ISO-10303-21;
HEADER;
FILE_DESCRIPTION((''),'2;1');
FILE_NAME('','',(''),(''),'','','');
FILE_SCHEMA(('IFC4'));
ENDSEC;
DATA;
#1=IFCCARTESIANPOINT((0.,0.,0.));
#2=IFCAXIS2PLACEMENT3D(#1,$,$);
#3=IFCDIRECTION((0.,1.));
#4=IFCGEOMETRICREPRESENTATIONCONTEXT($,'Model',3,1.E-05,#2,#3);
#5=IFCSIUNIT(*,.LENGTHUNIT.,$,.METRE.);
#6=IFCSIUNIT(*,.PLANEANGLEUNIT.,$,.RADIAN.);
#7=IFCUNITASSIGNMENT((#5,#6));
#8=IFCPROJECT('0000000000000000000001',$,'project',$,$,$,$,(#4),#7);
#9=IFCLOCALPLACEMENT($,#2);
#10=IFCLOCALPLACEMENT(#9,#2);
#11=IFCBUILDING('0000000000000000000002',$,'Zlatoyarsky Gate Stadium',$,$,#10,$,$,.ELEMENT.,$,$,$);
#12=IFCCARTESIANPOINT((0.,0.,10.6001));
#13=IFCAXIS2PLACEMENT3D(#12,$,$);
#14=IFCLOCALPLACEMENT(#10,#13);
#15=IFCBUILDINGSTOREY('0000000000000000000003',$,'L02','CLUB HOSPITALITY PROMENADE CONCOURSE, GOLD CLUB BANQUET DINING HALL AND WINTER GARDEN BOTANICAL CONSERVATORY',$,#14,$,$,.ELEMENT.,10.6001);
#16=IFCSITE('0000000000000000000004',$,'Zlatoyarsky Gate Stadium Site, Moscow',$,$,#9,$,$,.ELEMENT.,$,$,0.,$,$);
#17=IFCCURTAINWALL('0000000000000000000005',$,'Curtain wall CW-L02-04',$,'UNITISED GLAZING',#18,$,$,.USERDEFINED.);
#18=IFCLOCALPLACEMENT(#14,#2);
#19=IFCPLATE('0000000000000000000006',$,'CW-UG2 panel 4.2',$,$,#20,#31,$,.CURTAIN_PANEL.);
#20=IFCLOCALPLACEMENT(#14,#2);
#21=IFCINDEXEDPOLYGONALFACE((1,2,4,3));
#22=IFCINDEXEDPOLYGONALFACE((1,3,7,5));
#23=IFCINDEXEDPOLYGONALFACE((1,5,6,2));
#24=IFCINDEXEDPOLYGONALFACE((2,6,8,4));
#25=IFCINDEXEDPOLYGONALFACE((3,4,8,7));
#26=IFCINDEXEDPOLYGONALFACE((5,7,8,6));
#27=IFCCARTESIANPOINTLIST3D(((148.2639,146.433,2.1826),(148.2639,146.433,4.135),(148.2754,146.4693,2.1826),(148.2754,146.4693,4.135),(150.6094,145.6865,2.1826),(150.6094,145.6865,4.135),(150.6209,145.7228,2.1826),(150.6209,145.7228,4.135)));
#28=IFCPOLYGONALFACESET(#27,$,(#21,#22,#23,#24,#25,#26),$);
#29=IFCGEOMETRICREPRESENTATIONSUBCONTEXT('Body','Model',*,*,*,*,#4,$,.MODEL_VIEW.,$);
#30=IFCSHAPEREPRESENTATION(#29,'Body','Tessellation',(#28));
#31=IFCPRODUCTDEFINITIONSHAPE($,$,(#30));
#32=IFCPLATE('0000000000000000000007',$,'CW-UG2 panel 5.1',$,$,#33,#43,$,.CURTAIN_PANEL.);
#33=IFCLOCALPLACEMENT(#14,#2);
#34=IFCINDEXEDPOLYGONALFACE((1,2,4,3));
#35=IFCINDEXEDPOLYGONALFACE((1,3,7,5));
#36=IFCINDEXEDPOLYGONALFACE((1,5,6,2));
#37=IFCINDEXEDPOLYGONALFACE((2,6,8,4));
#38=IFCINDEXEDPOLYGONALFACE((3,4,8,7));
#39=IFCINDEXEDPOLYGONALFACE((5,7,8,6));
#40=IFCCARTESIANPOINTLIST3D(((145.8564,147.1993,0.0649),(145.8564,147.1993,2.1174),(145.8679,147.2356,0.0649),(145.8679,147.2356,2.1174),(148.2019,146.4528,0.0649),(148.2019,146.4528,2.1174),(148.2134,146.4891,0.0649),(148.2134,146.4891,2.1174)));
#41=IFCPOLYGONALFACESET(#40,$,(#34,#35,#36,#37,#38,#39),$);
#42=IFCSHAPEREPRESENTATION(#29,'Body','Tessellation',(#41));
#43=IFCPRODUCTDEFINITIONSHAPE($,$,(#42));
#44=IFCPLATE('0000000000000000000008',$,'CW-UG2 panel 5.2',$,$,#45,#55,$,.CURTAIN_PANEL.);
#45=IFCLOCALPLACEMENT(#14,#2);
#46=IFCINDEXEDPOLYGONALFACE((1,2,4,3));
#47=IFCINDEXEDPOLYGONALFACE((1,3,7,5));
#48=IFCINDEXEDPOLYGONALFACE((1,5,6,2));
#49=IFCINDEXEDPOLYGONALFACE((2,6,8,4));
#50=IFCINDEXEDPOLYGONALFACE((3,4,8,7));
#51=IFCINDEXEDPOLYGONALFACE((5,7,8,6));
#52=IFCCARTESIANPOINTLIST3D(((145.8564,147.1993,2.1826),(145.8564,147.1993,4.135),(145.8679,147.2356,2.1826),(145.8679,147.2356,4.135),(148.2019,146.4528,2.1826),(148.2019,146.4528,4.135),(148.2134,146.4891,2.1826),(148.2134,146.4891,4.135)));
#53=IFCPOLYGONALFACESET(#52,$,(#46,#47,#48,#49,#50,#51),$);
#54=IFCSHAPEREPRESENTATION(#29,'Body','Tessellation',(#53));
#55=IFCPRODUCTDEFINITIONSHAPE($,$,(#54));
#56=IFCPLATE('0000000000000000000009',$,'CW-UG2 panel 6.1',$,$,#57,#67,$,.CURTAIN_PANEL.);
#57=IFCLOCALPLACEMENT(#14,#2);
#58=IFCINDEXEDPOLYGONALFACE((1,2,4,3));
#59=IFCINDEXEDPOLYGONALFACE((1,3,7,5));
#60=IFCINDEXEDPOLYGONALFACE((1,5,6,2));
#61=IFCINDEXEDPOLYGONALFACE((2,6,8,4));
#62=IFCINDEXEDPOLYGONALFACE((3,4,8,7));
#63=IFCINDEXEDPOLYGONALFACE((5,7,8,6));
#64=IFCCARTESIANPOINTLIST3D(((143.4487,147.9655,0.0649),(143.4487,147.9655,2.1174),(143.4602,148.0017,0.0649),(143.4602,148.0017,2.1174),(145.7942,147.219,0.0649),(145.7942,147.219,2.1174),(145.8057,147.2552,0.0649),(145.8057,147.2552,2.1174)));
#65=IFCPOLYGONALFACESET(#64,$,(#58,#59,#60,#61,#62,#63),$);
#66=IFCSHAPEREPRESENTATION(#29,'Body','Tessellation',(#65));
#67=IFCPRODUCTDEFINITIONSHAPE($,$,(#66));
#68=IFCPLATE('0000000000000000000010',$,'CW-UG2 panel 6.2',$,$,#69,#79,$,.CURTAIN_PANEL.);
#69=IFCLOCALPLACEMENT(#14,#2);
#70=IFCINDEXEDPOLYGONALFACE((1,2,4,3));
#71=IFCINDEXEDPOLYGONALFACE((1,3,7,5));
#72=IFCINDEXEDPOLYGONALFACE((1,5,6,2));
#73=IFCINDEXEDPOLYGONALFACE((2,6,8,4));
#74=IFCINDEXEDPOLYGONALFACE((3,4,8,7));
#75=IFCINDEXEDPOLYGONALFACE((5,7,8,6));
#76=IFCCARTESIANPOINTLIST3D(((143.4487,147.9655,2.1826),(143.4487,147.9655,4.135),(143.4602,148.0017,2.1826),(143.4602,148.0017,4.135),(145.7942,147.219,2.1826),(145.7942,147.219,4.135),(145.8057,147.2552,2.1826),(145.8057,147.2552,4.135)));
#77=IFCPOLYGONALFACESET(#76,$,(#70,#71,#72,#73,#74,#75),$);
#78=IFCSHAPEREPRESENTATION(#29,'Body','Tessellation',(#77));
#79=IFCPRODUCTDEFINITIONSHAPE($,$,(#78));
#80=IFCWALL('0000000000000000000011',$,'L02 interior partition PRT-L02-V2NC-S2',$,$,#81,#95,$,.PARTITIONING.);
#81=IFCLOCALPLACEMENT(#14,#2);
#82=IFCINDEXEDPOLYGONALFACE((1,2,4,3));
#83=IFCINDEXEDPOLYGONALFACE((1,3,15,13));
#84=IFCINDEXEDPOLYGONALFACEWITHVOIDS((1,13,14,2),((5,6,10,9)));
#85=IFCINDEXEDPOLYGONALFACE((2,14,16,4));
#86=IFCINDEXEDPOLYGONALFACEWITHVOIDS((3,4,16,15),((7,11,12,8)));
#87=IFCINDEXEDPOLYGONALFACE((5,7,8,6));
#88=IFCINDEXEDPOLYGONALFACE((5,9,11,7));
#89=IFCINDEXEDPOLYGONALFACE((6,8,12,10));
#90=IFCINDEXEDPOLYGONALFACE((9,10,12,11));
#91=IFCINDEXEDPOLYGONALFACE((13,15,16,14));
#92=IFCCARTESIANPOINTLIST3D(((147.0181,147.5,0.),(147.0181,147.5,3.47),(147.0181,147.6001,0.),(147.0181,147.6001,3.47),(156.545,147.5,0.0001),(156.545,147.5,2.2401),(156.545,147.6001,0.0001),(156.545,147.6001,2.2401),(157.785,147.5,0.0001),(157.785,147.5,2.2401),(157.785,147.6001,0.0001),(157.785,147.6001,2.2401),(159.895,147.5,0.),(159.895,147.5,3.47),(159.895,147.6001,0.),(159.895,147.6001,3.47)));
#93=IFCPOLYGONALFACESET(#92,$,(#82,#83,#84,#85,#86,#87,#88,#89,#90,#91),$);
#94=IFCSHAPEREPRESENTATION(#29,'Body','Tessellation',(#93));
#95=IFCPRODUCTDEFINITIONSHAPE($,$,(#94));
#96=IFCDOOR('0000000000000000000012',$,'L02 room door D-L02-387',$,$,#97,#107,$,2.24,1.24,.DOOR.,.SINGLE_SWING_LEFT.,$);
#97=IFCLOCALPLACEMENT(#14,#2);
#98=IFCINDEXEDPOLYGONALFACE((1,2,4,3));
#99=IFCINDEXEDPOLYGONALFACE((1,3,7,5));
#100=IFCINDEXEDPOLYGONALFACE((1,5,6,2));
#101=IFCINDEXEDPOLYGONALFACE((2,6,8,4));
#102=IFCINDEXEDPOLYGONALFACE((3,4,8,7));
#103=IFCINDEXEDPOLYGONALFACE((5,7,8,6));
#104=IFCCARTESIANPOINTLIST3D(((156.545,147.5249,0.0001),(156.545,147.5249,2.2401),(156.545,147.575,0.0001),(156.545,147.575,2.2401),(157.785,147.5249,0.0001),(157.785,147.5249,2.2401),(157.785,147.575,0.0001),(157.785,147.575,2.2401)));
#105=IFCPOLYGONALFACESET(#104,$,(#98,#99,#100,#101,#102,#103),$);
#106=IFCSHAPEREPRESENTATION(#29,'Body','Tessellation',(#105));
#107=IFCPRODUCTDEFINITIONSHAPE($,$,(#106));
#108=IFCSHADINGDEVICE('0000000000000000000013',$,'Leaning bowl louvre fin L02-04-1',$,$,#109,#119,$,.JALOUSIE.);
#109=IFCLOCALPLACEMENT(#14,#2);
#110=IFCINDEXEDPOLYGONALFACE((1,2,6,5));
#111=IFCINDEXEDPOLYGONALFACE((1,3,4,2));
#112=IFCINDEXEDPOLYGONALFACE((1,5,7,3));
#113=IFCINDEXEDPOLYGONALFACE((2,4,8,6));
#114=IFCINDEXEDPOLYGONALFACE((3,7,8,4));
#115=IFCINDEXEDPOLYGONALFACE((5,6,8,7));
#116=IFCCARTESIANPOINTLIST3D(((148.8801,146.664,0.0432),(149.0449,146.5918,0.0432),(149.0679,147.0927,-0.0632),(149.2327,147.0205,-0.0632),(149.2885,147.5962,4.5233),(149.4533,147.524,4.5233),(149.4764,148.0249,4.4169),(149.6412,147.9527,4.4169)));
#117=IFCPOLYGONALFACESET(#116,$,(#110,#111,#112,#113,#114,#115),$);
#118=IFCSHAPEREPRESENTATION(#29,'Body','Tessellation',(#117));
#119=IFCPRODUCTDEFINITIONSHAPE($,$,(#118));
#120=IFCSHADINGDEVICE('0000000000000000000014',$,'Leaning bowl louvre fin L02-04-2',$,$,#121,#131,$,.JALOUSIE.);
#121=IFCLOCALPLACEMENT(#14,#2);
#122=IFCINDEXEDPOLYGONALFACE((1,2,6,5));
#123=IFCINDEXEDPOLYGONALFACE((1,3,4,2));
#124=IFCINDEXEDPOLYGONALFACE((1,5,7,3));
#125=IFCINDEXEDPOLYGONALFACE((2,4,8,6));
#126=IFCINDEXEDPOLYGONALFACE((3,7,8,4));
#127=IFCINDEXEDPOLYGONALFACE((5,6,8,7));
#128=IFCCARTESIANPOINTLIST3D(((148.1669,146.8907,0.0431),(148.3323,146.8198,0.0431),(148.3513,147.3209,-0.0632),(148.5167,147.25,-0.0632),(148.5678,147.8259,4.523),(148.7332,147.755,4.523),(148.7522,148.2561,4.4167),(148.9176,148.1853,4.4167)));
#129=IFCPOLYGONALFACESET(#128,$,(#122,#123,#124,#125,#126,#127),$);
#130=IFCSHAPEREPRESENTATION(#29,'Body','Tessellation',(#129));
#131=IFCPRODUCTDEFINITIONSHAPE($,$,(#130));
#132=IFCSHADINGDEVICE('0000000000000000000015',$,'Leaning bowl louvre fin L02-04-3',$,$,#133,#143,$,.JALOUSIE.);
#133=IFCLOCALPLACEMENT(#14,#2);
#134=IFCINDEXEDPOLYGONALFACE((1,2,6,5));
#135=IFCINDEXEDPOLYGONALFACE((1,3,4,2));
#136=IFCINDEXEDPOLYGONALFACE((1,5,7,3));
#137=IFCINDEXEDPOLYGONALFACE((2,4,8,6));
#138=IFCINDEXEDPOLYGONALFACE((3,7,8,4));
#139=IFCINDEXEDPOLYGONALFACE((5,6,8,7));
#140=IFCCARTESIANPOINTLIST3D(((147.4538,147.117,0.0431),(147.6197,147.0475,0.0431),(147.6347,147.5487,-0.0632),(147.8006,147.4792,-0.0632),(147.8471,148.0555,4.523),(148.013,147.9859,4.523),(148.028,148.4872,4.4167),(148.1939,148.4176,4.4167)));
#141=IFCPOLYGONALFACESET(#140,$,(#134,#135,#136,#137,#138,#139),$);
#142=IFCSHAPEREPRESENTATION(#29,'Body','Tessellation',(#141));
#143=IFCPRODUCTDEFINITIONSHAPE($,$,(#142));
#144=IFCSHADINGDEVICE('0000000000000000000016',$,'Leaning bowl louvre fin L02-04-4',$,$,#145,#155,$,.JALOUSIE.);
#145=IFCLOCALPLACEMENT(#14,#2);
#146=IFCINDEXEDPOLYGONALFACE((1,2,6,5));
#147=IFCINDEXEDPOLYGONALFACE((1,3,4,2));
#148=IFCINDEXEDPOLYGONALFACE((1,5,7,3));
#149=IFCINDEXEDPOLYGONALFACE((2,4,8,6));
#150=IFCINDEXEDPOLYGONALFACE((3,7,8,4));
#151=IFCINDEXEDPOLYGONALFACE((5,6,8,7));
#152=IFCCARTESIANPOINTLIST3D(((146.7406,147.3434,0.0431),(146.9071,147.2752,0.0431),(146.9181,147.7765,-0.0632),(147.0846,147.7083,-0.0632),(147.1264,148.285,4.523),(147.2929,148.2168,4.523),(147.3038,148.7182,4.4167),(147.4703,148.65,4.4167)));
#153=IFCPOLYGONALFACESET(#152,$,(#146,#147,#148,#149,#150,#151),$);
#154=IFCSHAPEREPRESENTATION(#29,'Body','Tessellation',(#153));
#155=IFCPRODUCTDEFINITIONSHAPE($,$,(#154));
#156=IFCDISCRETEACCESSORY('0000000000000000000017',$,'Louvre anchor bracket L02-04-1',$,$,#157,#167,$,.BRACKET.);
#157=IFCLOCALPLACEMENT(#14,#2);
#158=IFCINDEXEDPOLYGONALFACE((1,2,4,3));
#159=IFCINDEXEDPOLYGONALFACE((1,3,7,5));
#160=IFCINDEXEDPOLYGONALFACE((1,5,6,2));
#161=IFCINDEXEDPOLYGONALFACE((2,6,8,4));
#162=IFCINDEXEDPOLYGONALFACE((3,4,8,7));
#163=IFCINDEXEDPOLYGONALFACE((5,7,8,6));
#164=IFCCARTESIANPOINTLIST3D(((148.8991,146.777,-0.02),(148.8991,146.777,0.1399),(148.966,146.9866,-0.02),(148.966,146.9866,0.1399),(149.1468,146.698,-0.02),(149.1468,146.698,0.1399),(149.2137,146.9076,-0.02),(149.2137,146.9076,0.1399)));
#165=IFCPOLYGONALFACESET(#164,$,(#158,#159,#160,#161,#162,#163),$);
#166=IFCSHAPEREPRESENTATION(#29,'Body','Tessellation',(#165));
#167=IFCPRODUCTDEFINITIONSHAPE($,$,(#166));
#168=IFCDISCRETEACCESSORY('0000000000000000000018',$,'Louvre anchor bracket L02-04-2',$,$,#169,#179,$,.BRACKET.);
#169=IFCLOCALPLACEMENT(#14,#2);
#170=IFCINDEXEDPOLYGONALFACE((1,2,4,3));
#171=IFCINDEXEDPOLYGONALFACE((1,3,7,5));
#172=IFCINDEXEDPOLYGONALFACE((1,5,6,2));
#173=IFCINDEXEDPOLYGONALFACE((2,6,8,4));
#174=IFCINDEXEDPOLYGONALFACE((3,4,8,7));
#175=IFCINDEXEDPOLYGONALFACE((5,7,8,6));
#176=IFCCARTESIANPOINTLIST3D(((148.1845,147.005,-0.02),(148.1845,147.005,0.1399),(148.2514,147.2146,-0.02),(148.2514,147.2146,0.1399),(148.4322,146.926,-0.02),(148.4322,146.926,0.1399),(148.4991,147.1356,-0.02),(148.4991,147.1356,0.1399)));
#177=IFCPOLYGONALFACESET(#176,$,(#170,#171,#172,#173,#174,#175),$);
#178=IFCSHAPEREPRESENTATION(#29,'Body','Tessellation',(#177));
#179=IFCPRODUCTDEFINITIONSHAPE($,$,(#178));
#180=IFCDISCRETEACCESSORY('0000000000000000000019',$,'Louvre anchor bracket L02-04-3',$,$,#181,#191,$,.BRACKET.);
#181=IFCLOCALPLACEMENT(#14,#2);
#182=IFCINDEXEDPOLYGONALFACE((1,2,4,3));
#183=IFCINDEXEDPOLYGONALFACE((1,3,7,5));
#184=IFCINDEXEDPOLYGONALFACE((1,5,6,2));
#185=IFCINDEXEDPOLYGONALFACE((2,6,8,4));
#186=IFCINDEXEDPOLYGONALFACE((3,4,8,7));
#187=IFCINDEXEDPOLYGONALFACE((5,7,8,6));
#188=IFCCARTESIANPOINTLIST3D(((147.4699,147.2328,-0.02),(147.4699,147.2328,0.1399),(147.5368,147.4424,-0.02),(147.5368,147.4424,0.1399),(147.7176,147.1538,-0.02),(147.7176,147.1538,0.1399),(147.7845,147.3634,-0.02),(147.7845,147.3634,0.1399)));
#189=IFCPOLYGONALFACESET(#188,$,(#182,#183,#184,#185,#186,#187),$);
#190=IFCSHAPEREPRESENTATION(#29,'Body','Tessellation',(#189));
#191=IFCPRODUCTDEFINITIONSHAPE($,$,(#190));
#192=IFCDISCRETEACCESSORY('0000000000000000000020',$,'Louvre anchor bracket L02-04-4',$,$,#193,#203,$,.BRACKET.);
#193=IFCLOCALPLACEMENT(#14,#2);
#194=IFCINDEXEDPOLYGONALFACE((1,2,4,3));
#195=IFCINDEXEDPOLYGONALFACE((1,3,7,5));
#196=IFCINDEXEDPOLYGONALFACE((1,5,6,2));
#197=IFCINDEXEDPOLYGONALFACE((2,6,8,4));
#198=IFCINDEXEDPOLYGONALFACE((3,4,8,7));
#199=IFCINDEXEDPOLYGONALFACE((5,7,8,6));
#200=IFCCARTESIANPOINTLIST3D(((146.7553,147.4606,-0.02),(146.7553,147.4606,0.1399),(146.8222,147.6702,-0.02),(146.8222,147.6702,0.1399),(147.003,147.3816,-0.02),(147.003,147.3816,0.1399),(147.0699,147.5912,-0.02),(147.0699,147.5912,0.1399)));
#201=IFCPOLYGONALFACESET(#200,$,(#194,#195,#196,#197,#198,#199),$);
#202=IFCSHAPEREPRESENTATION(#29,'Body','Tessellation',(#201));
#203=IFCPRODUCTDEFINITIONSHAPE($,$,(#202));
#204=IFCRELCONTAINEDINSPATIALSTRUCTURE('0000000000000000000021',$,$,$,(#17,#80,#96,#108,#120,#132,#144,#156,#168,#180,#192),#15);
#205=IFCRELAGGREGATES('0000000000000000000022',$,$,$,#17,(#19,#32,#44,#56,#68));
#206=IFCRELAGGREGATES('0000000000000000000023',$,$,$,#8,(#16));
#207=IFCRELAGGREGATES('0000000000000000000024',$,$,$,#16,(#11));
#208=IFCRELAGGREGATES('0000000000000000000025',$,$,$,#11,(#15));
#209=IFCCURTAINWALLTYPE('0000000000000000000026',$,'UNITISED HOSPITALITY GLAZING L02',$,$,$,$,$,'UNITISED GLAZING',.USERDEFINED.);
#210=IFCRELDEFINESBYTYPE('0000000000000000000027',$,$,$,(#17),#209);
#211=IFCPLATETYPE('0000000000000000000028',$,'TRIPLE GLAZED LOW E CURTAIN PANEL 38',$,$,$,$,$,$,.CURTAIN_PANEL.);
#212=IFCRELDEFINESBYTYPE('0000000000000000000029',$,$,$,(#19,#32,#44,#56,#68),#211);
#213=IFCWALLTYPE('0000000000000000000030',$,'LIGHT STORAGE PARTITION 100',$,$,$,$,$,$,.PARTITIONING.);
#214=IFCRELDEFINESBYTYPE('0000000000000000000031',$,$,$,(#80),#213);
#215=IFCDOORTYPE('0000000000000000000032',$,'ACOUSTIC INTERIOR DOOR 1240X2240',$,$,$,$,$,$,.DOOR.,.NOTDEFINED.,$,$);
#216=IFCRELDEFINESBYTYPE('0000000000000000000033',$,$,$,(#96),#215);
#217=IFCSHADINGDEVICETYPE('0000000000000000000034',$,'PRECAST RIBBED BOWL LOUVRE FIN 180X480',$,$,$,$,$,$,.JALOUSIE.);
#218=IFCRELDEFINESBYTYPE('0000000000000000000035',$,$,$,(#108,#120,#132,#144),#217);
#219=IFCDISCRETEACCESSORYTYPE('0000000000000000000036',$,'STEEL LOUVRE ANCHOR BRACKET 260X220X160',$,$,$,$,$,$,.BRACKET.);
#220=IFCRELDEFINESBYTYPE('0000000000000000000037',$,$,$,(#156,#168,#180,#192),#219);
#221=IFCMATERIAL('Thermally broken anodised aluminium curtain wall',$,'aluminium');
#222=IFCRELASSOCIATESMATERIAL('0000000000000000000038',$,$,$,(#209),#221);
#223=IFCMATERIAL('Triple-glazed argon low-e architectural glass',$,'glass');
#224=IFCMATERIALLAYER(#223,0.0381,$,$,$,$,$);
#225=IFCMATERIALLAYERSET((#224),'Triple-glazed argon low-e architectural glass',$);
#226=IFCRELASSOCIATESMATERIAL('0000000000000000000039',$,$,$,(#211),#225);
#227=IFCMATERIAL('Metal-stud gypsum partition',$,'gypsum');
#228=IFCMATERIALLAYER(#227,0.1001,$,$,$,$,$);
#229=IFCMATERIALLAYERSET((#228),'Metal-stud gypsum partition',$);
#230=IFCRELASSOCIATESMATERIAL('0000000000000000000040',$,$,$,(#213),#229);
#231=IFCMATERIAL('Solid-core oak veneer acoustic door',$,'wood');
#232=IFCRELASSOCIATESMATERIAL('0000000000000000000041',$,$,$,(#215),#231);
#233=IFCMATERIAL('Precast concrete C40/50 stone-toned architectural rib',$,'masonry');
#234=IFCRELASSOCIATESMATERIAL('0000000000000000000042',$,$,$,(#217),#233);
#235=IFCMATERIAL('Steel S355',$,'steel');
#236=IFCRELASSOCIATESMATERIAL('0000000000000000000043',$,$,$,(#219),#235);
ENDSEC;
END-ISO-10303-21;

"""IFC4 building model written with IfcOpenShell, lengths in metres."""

from ifc_helpers import new_model, si_unit, direction, frame, frame_2d, origin, origin_2d, place, context, subcontext, project, spatial, rectangle, extrude, material, layer, layer_set, material_profile, profile_set, type_object, element, fill, aggregate, save


model = new_model("IFC4")

# Units and contexts
model_context = context("Model", 3, precision=1e-05, world=origin(), true_north=direction((0.0, 1.0)))
body_context = subcontext(model_context, "Body", "Model", "MODEL_VIEW")
ifc_project = project(units=[si_unit("LENGTHUNIT", "METRE"), si_unit("PLANEANGLEUNIT", "RADIAN")], contexts=[model_context])

# Site, building, storey
site_placement = place(None, origin())
site = spatial("IfcSite", under=ifc_project, at=site_placement, Name="Zlatoyarsky Gate Stadium Site, Moscow", CompositionType="ELEMENT", RefElevation=0.0)
building_placement = place(site_placement, origin())
building = spatial("IfcBuilding", under=site, at=building_placement, Name="Zlatoyarsky Gate Stadium", CompositionType="ELEMENT")
storey_placement = place(building_placement, frame((0.0, 0.0, 10.6001)))
storey = spatial("IfcBuildingStorey", under=building, at=storey_placement, Name="L02", Description="CLUB HOSPITALITY PROMENADE CONCOURSE, GOLD CLUB BANQUET DINING HALL AND WINTER GARDEN BOTANICAL CONSERVATORY", CompositionType="ELEMENT", Elevation=10.6001)

# Curtain wall
ifc_material_1 = material(Name="Thermally broken anodised aluminium curtain wall", Category="aluminium")
curtain_wall_type = type_object("IfcCurtainWallType", Name="UNITISED HOSPITALITY GLAZING L02", ElementType="UNITISED GLAZING", PredefinedType="USERDEFINED", material=ifc_material_1)
curtain_wall_placement = place(storey_placement, origin())
curtain_wall = element("IfcCurtainWall", 1, at=curtain_wall_placement, inside=storey, type_object=curtain_wall_type, Name="Curtain wall CW-L02-04", ObjectType="UNITISED GLAZING", PredefinedType="USERDEFINED")

# Shared definitions
ifc_material_2 = material(Name="Steel S355", Category="steel")

# Plates
ifc_material_3 = material(Name="Triple-glazed argon low-e architectural glass", Category="glass")
ifc_layer_1 = layer(ifc_material_3, 0.0381)
ifc_layer_set_1 = layer_set([ifc_layer_1], Name="Triple-glazed argon low-e architectural glass")
plate_type_1 = type_object("IfcPlateType", Name="TRIPLE GLAZED LOW E CURTAIN PANEL 38", PredefinedType="CURTAIN_PANEL", material=ifc_layer_set_1)
plate_1_placement = place(storey_placement, frame((149.4424, 146.0779, 2.1826), z_axis=(0.0, 0.0, 1.0), x_axis=(-0.952902, 0.303278, 0.0)))
plate_1 = element("IfcPlate", 2, at=plate_1_placement, type_object=plate_type_1, Name="CW-UG2 panel 4.2", PredefinedType="CURTAIN_PANEL", context=body_context, shape_type="SweptSolid", body=[
    extrude(rectangle(XDim=2.4614, YDim=0.0381, at=origin_2d()), origin(), (0.0, 0.0, 1.0), 1.9524),
])
plate_2_placement = place(storey_placement, frame((147.0349, 146.8442, 0.0649), z_axis=(0.0, 0.0, 1.0), x_axis=(-0.952902, 0.303278, 0.0)))
plate_2 = element("IfcPlate", 3, at=plate_2_placement, type_object=plate_type_1, Name="CW-UG2 panel 5.1", PredefinedType="CURTAIN_PANEL", context=body_context, shape_type="SweptSolid", body=[
    extrude(rectangle(XDim=2.4614, YDim=0.0381, at=origin_2d()), origin(), (0.0, 0.0, 1.0), 2.0525),
])
plate_3_placement = place(storey_placement, frame((147.0349, 146.8442, 2.1826), z_axis=(0.0, 0.0, 1.0), x_axis=(-0.952902, 0.303278, 0.0)))
plate_3 = element("IfcPlate", 4, at=plate_3_placement, type_object=plate_type_1, Name="CW-UG2 panel 5.2", PredefinedType="CURTAIN_PANEL", context=body_context, shape_type="SweptSolid", body=[
    extrude(rectangle(XDim=2.4614, YDim=0.0381, at=origin_2d()), origin(), (0.0, 0.0, 1.0), 1.9524),
])
plate_4_placement = place(storey_placement, frame((144.6272, 147.6104, 0.0649), z_axis=(0.0, 0.0, 1.0), x_axis=(-0.952902, 0.303278, 0.0)))
plate_4 = element("IfcPlate", 5, at=plate_4_placement, type_object=plate_type_1, Name="CW-UG2 panel 6.1", PredefinedType="CURTAIN_PANEL", context=body_context, shape_type="SweptSolid", body=[
    extrude(rectangle(XDim=2.4614, YDim=0.0381, at=origin_2d()), origin(), (0.0, 0.0, 1.0), 2.0525),
])
plate_5_placement = place(storey_placement, frame((144.6272, 147.6104, 2.1826), z_axis=(0.0, 0.0, 1.0), x_axis=(-0.952902, 0.303278, 0.0)))
plate_5 = element("IfcPlate", 6, at=plate_5_placement, type_object=plate_type_1, Name="CW-UG2 panel 6.2", PredefinedType="CURTAIN_PANEL", context=body_context, shape_type="SweptSolid", body=[
    extrude(rectangle(XDim=2.4614, YDim=0.0381, at=origin_2d()), origin(), (0.0, 0.0, 1.0), 1.9524),
])
aggregate(curtain_wall, [plate_1, plate_2, plate_3, plate_4, plate_5])

# Wall, opening, door
ifc_material_4 = material(Name="Metal-stud gypsum partition", Category="gypsum")
ifc_layer_2 = layer(ifc_material_4, 0.1001)
ifc_layer_set_2 = layer_set([ifc_layer_2], Name="Metal-stud gypsum partition")
wall_type = type_object("IfcWallType", Name="LIGHT STORAGE PARTITION 100", PredefinedType="PARTITIONING", material=ifc_layer_set_2)
wall_placement = place(storey_placement, frame((147.0181, 147.55, 0.0), z_axis=(0.0, 0.0, 1.0), x_axis=(1.0, 0.0, 0.0)))
wall = element("IfcWall", 7, at=wall_placement, inside=storey, type_object=wall_type, Name="L02 interior partition PRT-L02-V2NC-S2", PredefinedType="PARTITIONING", context=body_context, shape_type="SweptSolid", body=[
    extrude(rectangle(XDim=12.877, YDim=0.1001, at=frame_2d((6.4385, 0.0))), origin(), (0.0, 0.0, 1.0), 3.47),
])
opening_placement = place(wall_placement, frame((9.5269, 0.0, 0.0)))
opening = element("IfcOpeningElement", 8, at=opening_placement, cuts=wall, PredefinedType="OPENING", context=body_context, shape_type="SweptSolid", body=[
    extrude(rectangle(XDim=1.24, YDim=2.24, at=frame_2d((0.6201, 1.1201))), frame((0.0, 0.0601, 0.0), z_axis=(0.0, -1.0, 0.0), x_axis=(1.0, 0.0, 0.0)), (0.0, 0.0, 1.0), 0.1201),
])
ifc_material_5 = material(Name="Solid-core oak veneer acoustic door", Category="wood")
door_type = type_object("IfcDoorType", Name="ACOUSTIC INTERIOR DOOR 1240X2240", OperationType="NOTDEFINED", PredefinedType="DOOR", material=ifc_material_5)
door_placement = place(opening_placement, origin())
door = element("IfcDoor", 9, at=door_placement, inside=storey, type_object=door_type, Name="L02 room door D-L02-387", OperationType="SINGLE_SWING_LEFT", OverallHeight=2.24, OverallWidth=1.24, PredefinedType="DOOR", context=body_context, shape_type="SweptSolid", body=[
    extrude(rectangle(XDim=1.24, YDim=2.24, at=frame_2d((0.6201, 1.1201))), frame((0.0, 0.0249, 0.0), z_axis=(0.0, -1.0, 0.0), x_axis=(1.0, 0.0, 0.0)), (0.0, 0.0, 1.0), 0.05),
])
fill(opening, door)

# Shading devices
ifc_material_6 = material(Name="Precast concrete C40/50 stone-toned architectural rib", Category="masonry")
ifc_material_profile_1 = material_profile(ifc_material_6, rectangle(XDim=0.1799, YDim=0.48, at=origin_2d()), Name="RIB 180X480")
ifc_profile_set_1 = profile_set([ifc_material_profile_1], Name="Precast concrete C40/50 stone-toned architectural rib")
shading_device_type = type_object("IfcShadingDeviceType", Name="PRECAST RIBBED BOWL LOUVRE FIN 180X480", PredefinedType="JALOUSIE", material=ifc_profile_set_1)
shading_device_placement = place(storey_placement, frame((149.0564, 146.8423, -0.01), z_axis=(0.088907, 0.202896, 0.975156), x_axis=(-0.915926, 0.401347, 0.0)))
element("IfcShadingDevice", 10, at=shading_device_placement, inside=storey, type_object=shading_device_type, Name="Leaning bowl louvre fin L02-04-1", PredefinedType="JALOUSIE", context=body_context, shape_type="SweptSolid", body=[
    extrude(rectangle(XDim=0.1799, YDim=0.48, at=origin_2d()), origin(), (0.0, 0.0, 1.0), 4.5942),
])
for number, where, z_axis, x_axis, name in (
    (11, (148.3418, 147.0703, -0.01), (0.08726, 0.203588, 0.97516), (-0.919133, 0.393948, 0.0), "Leaning bowl louvre fin L02-04-2"),
    (12, (147.6272, 147.2981, -0.01), (0.085612, 0.204279, 0.975162), (-0.92228, 0.386523, 0.0), "Leaning bowl louvre fin L02-04-3"),
    (13, (146.9126, 147.5259, -0.01), (0.083965, 0.20497, 0.97516), (-0.925367, 0.379072, 0.0), "Leaning bowl louvre fin L02-04-4"),
):
    element("IfcShadingDevice", number, at=place(storey_placement, frame(where, z_axis=z_axis, x_axis=x_axis)), inside=storey, type_object=shading_device_type, Name=name, PredefinedType="JALOUSIE", context=body_context, shape_type="SweptSolid", body=[
        extrude(rectangle(XDim=0.1799, YDim=0.48, at=origin_2d()), origin(), (0.0, 0.0, 1.0), 4.594),
    ])

# Discrete accessories
discrete_accessory_type = type_object("IfcDiscreteAccessoryType", Name="STEEL LOUVRE ANCHOR BRACKET 260X220X160", PredefinedType="BRACKET", material=ifc_material_2)
for number, where, z_axis, x_axis, name in (
    (14, (149.0564, 146.8423, -0.02), (0.0, 0.0, 1.0), (-0.952731, 0.303815, 0.0), "Louvre anchor bracket L02-04-1"),
    (15, (148.3418, 147.0703, -0.02), (0.0, 0.0, 1.0), (-0.952731, 0.303815, 0.0), "Louvre anchor bracket L02-04-2"),
    (16, (147.6272, 147.2981, -0.02), (0.0, 0.0, 1.0), (-0.952731, 0.303815, 0.0), "Louvre anchor bracket L02-04-3"),
    (17, (146.9126, 147.5259, -0.02), (0.0, 0.0, 1.0), (-0.952731, 0.303815, 0.0), "Louvre anchor bracket L02-04-4"),
):
    element("IfcDiscreteAccessory", number, at=place(storey_placement, frame(where, z_axis=z_axis, x_axis=x_axis)), inside=storey, type_object=discrete_accessory_type, Name=name, PredefinedType="BRACKET", context=body_context, shape_type="SweptSolid", body=[
        extrude(rectangle(XDim=0.26, YDim=0.22, at=origin_2d()), origin(), (0.0, 0.0, 1.0), 0.1599),
    ])

save(model, "model.ifc")
